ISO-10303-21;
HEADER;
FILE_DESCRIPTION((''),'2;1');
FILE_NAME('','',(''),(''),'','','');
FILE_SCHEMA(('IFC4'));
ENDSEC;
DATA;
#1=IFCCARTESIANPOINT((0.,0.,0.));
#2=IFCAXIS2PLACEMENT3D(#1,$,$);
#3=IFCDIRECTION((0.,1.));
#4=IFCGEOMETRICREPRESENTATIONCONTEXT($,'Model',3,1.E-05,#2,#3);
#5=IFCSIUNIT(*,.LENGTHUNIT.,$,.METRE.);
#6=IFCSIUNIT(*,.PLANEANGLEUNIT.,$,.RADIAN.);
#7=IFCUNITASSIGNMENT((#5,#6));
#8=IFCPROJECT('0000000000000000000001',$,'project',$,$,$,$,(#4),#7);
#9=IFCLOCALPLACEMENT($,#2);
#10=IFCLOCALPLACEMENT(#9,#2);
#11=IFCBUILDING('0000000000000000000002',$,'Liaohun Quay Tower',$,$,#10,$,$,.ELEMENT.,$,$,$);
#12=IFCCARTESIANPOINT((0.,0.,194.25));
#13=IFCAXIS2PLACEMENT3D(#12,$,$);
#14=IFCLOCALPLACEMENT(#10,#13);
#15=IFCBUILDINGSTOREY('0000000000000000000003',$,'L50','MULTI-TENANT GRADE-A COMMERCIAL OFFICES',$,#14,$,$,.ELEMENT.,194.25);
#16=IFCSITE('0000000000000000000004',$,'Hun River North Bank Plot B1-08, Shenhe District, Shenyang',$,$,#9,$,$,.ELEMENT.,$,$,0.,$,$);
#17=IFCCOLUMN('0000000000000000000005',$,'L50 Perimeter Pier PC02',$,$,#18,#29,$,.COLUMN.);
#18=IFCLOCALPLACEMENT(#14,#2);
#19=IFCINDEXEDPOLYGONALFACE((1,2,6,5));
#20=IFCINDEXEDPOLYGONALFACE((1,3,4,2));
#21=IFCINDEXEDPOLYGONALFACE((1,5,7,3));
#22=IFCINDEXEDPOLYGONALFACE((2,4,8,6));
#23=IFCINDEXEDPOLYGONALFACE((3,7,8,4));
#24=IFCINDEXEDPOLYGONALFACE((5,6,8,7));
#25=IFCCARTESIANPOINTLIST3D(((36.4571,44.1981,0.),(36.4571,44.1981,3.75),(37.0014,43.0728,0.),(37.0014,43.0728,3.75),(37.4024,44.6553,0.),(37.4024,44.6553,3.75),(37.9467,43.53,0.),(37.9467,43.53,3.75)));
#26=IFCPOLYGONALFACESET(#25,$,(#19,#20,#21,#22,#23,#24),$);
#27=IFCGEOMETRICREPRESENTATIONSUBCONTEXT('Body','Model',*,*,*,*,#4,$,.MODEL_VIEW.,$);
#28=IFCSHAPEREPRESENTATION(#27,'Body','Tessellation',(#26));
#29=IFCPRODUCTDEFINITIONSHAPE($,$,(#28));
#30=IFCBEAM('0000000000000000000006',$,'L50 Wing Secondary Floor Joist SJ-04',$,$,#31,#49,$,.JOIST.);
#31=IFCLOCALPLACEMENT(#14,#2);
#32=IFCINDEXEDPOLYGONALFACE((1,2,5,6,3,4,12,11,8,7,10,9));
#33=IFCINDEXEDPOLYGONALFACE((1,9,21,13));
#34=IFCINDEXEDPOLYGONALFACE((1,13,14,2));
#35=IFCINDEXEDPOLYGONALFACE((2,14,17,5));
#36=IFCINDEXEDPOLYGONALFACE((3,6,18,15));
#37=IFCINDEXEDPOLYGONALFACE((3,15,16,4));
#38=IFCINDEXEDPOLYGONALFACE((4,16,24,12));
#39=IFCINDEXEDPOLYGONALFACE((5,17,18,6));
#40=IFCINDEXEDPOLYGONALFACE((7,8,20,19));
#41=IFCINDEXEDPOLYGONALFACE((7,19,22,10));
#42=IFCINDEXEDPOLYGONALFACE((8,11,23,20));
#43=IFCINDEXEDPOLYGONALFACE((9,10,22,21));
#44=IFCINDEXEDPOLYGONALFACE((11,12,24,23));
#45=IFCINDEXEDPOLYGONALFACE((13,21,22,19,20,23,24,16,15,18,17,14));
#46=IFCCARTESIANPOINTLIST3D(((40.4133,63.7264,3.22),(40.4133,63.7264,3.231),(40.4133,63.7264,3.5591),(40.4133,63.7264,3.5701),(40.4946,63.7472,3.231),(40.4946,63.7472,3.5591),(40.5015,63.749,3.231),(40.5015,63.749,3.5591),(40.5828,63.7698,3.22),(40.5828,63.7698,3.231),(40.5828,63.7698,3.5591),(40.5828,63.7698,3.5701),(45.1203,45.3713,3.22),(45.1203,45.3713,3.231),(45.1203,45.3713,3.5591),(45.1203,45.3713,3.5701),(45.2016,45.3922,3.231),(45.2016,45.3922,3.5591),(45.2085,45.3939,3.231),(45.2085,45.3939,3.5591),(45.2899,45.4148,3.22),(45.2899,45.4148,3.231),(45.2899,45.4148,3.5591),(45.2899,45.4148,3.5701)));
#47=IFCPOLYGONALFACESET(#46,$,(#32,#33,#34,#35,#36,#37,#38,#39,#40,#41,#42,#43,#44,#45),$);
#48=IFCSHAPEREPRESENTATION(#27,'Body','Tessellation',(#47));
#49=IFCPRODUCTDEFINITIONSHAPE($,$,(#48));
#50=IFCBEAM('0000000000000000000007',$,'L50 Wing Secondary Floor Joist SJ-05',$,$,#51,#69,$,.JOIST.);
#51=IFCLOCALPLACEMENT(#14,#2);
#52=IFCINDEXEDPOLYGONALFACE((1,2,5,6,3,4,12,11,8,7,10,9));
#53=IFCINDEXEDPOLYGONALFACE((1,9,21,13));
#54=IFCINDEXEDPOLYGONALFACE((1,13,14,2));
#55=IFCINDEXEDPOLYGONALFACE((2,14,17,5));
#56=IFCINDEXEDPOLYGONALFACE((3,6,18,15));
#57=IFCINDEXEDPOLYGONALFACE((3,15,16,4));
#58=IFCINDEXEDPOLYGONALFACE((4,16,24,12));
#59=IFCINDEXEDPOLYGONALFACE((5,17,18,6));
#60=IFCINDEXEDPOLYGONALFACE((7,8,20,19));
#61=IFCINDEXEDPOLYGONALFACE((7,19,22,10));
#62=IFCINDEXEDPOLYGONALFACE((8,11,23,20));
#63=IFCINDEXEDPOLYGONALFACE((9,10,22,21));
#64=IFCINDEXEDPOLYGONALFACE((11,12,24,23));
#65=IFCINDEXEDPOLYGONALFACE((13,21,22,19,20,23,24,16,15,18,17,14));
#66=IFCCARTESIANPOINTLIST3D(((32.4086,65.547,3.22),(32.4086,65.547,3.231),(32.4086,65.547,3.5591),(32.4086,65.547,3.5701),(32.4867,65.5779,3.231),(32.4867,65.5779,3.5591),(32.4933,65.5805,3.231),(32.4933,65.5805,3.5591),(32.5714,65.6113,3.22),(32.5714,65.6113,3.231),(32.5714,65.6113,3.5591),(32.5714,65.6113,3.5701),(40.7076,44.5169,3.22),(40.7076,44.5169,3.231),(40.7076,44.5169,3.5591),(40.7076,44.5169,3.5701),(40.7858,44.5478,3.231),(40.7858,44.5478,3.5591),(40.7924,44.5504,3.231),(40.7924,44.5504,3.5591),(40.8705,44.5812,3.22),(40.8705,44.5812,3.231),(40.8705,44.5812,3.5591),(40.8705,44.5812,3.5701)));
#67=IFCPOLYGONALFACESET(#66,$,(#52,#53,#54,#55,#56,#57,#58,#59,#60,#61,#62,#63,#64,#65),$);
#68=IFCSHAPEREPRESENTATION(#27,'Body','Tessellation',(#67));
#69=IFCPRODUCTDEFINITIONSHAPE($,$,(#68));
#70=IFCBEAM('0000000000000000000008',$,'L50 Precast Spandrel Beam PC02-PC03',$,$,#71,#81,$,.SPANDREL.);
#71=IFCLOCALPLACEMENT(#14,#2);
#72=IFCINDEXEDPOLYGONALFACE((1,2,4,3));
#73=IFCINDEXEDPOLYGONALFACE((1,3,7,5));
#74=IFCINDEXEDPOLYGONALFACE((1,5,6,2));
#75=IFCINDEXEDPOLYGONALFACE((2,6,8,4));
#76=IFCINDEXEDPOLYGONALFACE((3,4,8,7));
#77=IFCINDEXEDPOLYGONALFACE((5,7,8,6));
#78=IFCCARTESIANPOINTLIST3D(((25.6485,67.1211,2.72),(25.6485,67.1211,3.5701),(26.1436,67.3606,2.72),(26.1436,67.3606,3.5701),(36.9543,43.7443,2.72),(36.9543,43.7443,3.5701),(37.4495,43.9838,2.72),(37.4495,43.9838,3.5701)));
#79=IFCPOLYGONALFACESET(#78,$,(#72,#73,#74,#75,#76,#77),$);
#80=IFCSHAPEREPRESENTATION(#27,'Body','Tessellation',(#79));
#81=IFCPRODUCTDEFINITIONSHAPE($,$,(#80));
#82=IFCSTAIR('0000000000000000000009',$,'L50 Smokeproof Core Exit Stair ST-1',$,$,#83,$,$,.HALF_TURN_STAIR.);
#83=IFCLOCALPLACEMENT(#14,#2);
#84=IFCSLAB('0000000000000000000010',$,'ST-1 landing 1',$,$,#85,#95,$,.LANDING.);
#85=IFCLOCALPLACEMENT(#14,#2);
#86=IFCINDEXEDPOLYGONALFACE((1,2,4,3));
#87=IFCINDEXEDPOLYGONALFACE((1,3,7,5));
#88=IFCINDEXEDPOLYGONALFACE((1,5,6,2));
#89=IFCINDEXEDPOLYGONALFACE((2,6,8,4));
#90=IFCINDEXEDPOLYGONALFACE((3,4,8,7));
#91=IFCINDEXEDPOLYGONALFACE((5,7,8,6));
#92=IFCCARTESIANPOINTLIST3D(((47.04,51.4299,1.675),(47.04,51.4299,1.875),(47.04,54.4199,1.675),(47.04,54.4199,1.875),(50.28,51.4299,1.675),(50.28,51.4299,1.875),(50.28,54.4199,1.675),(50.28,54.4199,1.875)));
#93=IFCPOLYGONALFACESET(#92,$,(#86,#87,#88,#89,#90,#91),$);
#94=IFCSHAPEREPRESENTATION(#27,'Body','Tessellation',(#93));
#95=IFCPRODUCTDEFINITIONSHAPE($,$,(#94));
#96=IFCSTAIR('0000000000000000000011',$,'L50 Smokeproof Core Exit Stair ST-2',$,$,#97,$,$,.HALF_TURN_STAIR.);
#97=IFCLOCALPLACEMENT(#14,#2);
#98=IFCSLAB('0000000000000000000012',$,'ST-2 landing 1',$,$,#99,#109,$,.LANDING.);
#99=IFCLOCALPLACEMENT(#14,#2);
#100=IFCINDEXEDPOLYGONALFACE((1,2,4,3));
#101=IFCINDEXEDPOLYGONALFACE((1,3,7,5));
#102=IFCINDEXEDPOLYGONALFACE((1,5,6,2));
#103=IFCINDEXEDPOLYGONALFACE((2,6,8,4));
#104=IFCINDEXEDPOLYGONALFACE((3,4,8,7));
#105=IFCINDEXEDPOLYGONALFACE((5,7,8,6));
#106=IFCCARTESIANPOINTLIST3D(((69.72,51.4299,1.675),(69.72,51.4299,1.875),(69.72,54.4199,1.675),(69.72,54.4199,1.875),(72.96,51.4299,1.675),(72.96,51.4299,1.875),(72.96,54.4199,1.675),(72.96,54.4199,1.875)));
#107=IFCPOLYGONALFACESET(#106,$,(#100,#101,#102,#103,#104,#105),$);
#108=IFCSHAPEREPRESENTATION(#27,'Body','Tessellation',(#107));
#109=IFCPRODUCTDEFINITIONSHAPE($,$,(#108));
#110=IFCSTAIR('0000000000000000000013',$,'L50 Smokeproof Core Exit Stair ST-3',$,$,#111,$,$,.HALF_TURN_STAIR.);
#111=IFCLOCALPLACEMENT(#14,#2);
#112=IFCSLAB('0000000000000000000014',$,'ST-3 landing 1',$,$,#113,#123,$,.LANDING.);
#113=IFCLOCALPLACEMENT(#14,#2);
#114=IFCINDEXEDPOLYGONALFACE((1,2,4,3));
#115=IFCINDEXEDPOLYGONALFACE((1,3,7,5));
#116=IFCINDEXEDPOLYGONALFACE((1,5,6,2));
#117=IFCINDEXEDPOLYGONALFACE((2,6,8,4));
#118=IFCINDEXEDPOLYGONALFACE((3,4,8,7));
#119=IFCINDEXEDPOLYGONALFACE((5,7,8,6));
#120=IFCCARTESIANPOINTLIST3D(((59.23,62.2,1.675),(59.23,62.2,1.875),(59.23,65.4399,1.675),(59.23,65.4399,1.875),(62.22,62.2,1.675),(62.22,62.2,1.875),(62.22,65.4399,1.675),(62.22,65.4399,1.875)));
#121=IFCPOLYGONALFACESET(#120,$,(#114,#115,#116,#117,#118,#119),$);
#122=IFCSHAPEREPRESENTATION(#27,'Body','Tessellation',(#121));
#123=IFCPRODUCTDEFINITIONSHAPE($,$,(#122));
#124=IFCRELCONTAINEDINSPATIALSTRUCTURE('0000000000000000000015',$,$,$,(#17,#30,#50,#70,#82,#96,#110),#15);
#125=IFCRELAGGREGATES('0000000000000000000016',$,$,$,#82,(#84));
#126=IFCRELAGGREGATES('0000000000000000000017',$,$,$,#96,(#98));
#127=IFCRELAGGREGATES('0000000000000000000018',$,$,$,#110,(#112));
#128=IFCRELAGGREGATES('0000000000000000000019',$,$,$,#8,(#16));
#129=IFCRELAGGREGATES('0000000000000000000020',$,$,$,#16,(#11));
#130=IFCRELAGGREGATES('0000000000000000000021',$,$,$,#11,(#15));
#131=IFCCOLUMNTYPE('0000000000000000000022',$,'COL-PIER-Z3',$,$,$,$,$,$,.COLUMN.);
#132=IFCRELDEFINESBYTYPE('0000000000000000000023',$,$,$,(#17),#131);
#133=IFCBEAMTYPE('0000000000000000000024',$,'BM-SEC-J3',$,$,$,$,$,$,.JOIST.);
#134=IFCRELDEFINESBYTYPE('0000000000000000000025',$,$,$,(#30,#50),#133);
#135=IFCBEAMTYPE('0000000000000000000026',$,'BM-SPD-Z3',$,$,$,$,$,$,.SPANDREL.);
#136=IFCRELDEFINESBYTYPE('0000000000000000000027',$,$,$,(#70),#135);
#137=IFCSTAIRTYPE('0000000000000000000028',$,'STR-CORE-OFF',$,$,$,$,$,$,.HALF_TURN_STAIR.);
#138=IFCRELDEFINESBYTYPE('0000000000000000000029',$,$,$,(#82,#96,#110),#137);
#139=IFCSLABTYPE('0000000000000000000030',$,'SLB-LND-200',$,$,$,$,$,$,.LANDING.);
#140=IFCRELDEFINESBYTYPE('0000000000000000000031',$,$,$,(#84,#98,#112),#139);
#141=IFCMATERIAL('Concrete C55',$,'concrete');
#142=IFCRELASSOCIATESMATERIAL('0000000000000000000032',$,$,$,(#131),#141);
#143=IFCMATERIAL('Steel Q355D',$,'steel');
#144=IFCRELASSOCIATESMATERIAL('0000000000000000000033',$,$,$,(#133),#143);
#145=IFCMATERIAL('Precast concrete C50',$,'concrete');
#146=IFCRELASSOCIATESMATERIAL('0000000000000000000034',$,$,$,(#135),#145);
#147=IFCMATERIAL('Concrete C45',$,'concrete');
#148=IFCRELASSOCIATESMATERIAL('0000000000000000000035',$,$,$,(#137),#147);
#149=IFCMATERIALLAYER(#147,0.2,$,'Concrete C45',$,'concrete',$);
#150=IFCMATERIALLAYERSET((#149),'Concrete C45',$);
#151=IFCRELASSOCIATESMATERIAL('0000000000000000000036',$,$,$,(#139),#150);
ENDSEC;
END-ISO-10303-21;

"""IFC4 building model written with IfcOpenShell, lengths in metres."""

from ifc_helpers import new_model, si_unit, direction, frame, origin, origin_2d, place, context, subcontext, project, spatial, polyline, rectangle, i_section, outline, extrude, source, transform, mapped, material, layer, layer_set, material_profile, profile_set, type_object, element, aggregate, save


model = new_model("IFC4")

# Units and contexts
model_context = context("Model", 3, precision=1e-05, world=origin(), true_north=direction((0.0, 1.0)))
body_context = subcontext(model_context, "Body", "Model", "MODEL_VIEW")
ifc_project = project(units=[si_unit("LENGTHUNIT", "METRE"), si_unit("PLANEANGLEUNIT", "RADIAN")], contexts=[model_context])

# Site, building, storey
site_placement = place(None, origin())
site = spatial("IfcSite", under=ifc_project, at=site_placement, Name="Hun River North Bank Plot B1-08, Shenhe District, Shenyang", CompositionType="ELEMENT", RefElevation=0.0)
building_placement = place(site_placement, origin())
building = spatial("IfcBuilding", under=site, at=building_placement, Name="Liaohun Quay Tower", CompositionType="ELEMENT")
storey_placement = place(building_placement, frame((0.0, 0.0, 194.25)))
storey = spatial("IfcBuildingStorey", under=building, at=storey_placement, Name="L50", Description="MULTI-TENANT GRADE-A COMMERCIAL OFFICES", CompositionType="ELEMENT", Elevation=194.25)

# Column
ifc_material_1 = material(Name="Concrete C55", Category="concrete")
ifc_material_profile_1 = material_profile(ifc_material_1, rectangle(XDim=1.25, YDim=1.05, at=origin_2d()), Name="RC1250x1050")
ifc_profile_set_1 = profile_set([ifc_material_profile_1], Name="Concrete C55")
column_type = type_object("IfcColumnType", Name="COL-PIER-Z3", PredefinedType="COLUMN", material=ifc_profile_set_1)
shared_shape_1 = source(origin(), body_context, "Body", "SweptSolid", [
    extrude(rectangle(XDim=1.25, YDim=1.05, at=origin_2d()), origin(), (0.0, 0.0, 1.0), 3.75),
])
column_placement = place(storey_placement, frame((37.2019, 43.864, 0.0), z_axis=(0.0, 0.0, 1.0), x_axis=(-0.435388, 0.900243, 0.0)))
element("IfcColumn", 1, at=column_placement, inside=storey, type_object=column_type, Name="L50 Perimeter Pier PC02", PredefinedType="COLUMN", context=body_context, shape_type="MappedRepresentation", body=[
    mapped(shared_shape_1, transform((0.0, 0.0, 0.0), x_axis=(1.0, 0.0, 0.0), y_axis=(0.0, 1.0, 0.0), z_axis=(0.0, 0.0, 1.0), scale=1.0)),
])

# Beams
ifc_material_2 = material(Name="Steel Q355D", Category="steel")
ifc_material_profile_2 = material_profile(ifc_material_2, i_section(OverallWidth=0.175, OverallDepth=0.3501, WebThickness=0.0071, FlangeThickness=0.011, at=origin_2d()), Name="HN350x175x7x11")
ifc_profile_set_2 = profile_set([ifc_material_profile_2], Name="Steel Q355D")
beam_type_1 = type_object("IfcBeamType", Name="BM-SEC-J3", PredefinedType="JOIST", material=ifc_profile_set_2)
shared_shape_2 = source(origin(), body_context, "Body", "SweptSolid", [
    extrude(i_section(OverallWidth=0.175, OverallDepth=0.3501, WebThickness=0.0071, FlangeThickness=0.011, at=origin_2d()), origin(), (0.0, 0.0, 1.0), 18.949),
])
beam_1_placement = place(storey_placement, frame((45.2051, 45.3931, 3.395), z_axis=(-0.248406, 0.968656, 0.0), x_axis=(-0.968656, -0.248406, 0.0)))
element("IfcBeam", 2, at=beam_1_placement, inside=storey, type_object=beam_type_1, Name="L50 Wing Secondary Floor Joist SJ-04", PredefinedType="JOIST", context=body_context, shape_type="MappedRepresentation", body=[
    mapped(shared_shape_2, transform((0.0, 0.0, 0.0), x_axis=(1.0, 0.0, 0.0), y_axis=(0.0, 1.0, 0.0), z_axis=(0.0, 0.0, 1.0), scale=1.0)),
])
shared_shape_3 = source(origin(), body_context, "Body", "SweptSolid", [
    extrude(i_section(OverallWidth=0.175, OverallDepth=0.3501, WebThickness=0.0071, FlangeThickness=0.011, at=origin_2d()), origin(), (0.0, 0.0, 1.0), 22.6084),
])
beam_2_placement = place(storey_placement, frame((40.7891, 44.5491, 3.395), z_axis=(-0.36708, 0.930189, 0.0), x_axis=(-0.930189, -0.36708, 0.0)))
element("IfcBeam", 3, at=beam_2_placement, inside=storey, type_object=beam_type_1, Name="L50 Wing Secondary Floor Joist SJ-05", PredefinedType="JOIST", context=body_context, shape_type="MappedRepresentation", body=[
    mapped(shared_shape_3, transform((0.0, 0.0, 0.0), x_axis=(1.0, 0.0, 0.0), y_axis=(0.0, 1.0, 0.0), z_axis=(0.0, 0.0, 1.0), scale=1.0)),
])
ifc_material_3 = material(Name="Precast concrete C50", Category="concrete")
ifc_material_profile_3 = material_profile(ifc_material_3, rectangle(XDim=0.55, YDim=0.8501, at=origin_2d()), Name="RC550x850")
ifc_profile_set_3 = profile_set([ifc_material_profile_3], Name="Precast concrete C50")
beam_type_2 = type_object("IfcBeamType", Name="BM-SPD-Z3", PredefinedType="SPANDREL", material=ifc_profile_set_3)
shared_shape_4 = source(origin(), body_context, "Body", "SweptSolid", [
    extrude(rectangle(XDim=0.55, YDim=0.8501, at=origin_2d()), origin(), (0.0, 0.0, 1.0), 25.9673),
])
beam_3_placement = place(storey_placement, frame((37.2019, 43.864, 3.145), z_axis=(-0.435389, 0.900243, 0.0), x_axis=(-0.900243, -0.435389, 0.0)))
element("IfcBeam", 4, at=beam_3_placement, inside=storey, type_object=beam_type_2, Name="L50 Precast Spandrel Beam PC02-PC03", PredefinedType="SPANDREL", context=body_context, shape_type="MappedRepresentation", body=[
    mapped(shared_shape_4, transform((0.0, 0.0, 0.0), x_axis=(1.0, 0.0, 0.0), y_axis=(0.0, 1.0, 0.0), z_axis=(0.0, 0.0, 1.0), scale=1.0)),
])

# Stairs, slabs
ifc_material_4 = material(Name="Concrete C45", Category="concrete")
stair_type = type_object("IfcStairType", Name="STR-CORE-OFF", PredefinedType="HALF_TURN_STAIR", material=ifc_material_4)
stair_1_placement = place(storey_placement, origin())
stair_1 = element("IfcStair", 5, at=stair_1_placement, inside=storey, type_object=stair_type, Name="L50 Smokeproof Core Exit Stair ST-1", PredefinedType="HALF_TURN_STAIR")
ifc_layer_1 = layer(ifc_material_4, 0.2, Name="Concrete C45", Category="concrete")
ifc_layer_set_1 = layer_set([ifc_layer_1], Name="Concrete C45")
slab_type_1 = type_object("IfcSlabType", Name="SLB-LND-200", PredefinedType="LANDING", material=ifc_layer_set_1)
slab_1_placement = place(storey_placement, frame((0.0, 0.0, 1.675)))
slab_1 = element("IfcSlab", 6, at=slab_1_placement, type_object=slab_type_1, Name="ST-1 landing 1", PredefinedType="LANDING", context=body_context, shape_type="SweptSolid", body=[
    extrude(outline(polyline([(50.28, 51.4299), (50.28, 54.4199), (47.04, 54.4199), (47.04, 51.4299), (50.28, 51.4299)])), origin(), (0.0, 0.0, 1.0), 0.2),
])
aggregate(stair_1, [slab_1])
stair_2_placement = place(storey_placement, origin())
stair_2 = element("IfcStair", 7, at=stair_2_placement, inside=storey, type_object=stair_type, Name="L50 Smokeproof Core Exit Stair ST-2", PredefinedType="HALF_TURN_STAIR")
slab_2_placement = place(storey_placement, frame((0.0, 0.0, 1.675)))
slab_2 = element("IfcSlab", 8, at=slab_2_placement, type_object=slab_type_1, Name="ST-2 landing 1", PredefinedType="LANDING", context=body_context, shape_type="SweptSolid", body=[
    extrude(outline(polyline([(72.96, 51.4299), (72.96, 54.4199), (69.72, 54.4199), (69.72, 51.4299), (72.96, 51.4299)])), origin(), (0.0, 0.0, 1.0), 0.2),
])
aggregate(stair_2, [slab_2])
stair_3_placement = place(storey_placement, origin())
stair_3 = element("IfcStair", 9, at=stair_3_placement, inside=storey, type_object=stair_type, Name="L50 Smokeproof Core Exit Stair ST-3", PredefinedType="HALF_TURN_STAIR")
slab_3_placement = place(storey_placement, frame((0.0, 0.0, 1.675)))
slab_3 = element("IfcSlab", 10, at=slab_3_placement, type_object=slab_type_1, Name="ST-3 landing 1", PredefinedType="LANDING", context=body_context, shape_type="SweptSolid", body=[
    extrude(outline(polyline([(59.23, 62.2), (62.22, 62.2), (62.22, 65.4399), (59.23, 65.4399), (59.23, 62.2)])), origin(), (0.0, 0.0, 1.0), 0.2),
])
aggregate(stair_3, [slab_3])

save(model, "model.ifc")
